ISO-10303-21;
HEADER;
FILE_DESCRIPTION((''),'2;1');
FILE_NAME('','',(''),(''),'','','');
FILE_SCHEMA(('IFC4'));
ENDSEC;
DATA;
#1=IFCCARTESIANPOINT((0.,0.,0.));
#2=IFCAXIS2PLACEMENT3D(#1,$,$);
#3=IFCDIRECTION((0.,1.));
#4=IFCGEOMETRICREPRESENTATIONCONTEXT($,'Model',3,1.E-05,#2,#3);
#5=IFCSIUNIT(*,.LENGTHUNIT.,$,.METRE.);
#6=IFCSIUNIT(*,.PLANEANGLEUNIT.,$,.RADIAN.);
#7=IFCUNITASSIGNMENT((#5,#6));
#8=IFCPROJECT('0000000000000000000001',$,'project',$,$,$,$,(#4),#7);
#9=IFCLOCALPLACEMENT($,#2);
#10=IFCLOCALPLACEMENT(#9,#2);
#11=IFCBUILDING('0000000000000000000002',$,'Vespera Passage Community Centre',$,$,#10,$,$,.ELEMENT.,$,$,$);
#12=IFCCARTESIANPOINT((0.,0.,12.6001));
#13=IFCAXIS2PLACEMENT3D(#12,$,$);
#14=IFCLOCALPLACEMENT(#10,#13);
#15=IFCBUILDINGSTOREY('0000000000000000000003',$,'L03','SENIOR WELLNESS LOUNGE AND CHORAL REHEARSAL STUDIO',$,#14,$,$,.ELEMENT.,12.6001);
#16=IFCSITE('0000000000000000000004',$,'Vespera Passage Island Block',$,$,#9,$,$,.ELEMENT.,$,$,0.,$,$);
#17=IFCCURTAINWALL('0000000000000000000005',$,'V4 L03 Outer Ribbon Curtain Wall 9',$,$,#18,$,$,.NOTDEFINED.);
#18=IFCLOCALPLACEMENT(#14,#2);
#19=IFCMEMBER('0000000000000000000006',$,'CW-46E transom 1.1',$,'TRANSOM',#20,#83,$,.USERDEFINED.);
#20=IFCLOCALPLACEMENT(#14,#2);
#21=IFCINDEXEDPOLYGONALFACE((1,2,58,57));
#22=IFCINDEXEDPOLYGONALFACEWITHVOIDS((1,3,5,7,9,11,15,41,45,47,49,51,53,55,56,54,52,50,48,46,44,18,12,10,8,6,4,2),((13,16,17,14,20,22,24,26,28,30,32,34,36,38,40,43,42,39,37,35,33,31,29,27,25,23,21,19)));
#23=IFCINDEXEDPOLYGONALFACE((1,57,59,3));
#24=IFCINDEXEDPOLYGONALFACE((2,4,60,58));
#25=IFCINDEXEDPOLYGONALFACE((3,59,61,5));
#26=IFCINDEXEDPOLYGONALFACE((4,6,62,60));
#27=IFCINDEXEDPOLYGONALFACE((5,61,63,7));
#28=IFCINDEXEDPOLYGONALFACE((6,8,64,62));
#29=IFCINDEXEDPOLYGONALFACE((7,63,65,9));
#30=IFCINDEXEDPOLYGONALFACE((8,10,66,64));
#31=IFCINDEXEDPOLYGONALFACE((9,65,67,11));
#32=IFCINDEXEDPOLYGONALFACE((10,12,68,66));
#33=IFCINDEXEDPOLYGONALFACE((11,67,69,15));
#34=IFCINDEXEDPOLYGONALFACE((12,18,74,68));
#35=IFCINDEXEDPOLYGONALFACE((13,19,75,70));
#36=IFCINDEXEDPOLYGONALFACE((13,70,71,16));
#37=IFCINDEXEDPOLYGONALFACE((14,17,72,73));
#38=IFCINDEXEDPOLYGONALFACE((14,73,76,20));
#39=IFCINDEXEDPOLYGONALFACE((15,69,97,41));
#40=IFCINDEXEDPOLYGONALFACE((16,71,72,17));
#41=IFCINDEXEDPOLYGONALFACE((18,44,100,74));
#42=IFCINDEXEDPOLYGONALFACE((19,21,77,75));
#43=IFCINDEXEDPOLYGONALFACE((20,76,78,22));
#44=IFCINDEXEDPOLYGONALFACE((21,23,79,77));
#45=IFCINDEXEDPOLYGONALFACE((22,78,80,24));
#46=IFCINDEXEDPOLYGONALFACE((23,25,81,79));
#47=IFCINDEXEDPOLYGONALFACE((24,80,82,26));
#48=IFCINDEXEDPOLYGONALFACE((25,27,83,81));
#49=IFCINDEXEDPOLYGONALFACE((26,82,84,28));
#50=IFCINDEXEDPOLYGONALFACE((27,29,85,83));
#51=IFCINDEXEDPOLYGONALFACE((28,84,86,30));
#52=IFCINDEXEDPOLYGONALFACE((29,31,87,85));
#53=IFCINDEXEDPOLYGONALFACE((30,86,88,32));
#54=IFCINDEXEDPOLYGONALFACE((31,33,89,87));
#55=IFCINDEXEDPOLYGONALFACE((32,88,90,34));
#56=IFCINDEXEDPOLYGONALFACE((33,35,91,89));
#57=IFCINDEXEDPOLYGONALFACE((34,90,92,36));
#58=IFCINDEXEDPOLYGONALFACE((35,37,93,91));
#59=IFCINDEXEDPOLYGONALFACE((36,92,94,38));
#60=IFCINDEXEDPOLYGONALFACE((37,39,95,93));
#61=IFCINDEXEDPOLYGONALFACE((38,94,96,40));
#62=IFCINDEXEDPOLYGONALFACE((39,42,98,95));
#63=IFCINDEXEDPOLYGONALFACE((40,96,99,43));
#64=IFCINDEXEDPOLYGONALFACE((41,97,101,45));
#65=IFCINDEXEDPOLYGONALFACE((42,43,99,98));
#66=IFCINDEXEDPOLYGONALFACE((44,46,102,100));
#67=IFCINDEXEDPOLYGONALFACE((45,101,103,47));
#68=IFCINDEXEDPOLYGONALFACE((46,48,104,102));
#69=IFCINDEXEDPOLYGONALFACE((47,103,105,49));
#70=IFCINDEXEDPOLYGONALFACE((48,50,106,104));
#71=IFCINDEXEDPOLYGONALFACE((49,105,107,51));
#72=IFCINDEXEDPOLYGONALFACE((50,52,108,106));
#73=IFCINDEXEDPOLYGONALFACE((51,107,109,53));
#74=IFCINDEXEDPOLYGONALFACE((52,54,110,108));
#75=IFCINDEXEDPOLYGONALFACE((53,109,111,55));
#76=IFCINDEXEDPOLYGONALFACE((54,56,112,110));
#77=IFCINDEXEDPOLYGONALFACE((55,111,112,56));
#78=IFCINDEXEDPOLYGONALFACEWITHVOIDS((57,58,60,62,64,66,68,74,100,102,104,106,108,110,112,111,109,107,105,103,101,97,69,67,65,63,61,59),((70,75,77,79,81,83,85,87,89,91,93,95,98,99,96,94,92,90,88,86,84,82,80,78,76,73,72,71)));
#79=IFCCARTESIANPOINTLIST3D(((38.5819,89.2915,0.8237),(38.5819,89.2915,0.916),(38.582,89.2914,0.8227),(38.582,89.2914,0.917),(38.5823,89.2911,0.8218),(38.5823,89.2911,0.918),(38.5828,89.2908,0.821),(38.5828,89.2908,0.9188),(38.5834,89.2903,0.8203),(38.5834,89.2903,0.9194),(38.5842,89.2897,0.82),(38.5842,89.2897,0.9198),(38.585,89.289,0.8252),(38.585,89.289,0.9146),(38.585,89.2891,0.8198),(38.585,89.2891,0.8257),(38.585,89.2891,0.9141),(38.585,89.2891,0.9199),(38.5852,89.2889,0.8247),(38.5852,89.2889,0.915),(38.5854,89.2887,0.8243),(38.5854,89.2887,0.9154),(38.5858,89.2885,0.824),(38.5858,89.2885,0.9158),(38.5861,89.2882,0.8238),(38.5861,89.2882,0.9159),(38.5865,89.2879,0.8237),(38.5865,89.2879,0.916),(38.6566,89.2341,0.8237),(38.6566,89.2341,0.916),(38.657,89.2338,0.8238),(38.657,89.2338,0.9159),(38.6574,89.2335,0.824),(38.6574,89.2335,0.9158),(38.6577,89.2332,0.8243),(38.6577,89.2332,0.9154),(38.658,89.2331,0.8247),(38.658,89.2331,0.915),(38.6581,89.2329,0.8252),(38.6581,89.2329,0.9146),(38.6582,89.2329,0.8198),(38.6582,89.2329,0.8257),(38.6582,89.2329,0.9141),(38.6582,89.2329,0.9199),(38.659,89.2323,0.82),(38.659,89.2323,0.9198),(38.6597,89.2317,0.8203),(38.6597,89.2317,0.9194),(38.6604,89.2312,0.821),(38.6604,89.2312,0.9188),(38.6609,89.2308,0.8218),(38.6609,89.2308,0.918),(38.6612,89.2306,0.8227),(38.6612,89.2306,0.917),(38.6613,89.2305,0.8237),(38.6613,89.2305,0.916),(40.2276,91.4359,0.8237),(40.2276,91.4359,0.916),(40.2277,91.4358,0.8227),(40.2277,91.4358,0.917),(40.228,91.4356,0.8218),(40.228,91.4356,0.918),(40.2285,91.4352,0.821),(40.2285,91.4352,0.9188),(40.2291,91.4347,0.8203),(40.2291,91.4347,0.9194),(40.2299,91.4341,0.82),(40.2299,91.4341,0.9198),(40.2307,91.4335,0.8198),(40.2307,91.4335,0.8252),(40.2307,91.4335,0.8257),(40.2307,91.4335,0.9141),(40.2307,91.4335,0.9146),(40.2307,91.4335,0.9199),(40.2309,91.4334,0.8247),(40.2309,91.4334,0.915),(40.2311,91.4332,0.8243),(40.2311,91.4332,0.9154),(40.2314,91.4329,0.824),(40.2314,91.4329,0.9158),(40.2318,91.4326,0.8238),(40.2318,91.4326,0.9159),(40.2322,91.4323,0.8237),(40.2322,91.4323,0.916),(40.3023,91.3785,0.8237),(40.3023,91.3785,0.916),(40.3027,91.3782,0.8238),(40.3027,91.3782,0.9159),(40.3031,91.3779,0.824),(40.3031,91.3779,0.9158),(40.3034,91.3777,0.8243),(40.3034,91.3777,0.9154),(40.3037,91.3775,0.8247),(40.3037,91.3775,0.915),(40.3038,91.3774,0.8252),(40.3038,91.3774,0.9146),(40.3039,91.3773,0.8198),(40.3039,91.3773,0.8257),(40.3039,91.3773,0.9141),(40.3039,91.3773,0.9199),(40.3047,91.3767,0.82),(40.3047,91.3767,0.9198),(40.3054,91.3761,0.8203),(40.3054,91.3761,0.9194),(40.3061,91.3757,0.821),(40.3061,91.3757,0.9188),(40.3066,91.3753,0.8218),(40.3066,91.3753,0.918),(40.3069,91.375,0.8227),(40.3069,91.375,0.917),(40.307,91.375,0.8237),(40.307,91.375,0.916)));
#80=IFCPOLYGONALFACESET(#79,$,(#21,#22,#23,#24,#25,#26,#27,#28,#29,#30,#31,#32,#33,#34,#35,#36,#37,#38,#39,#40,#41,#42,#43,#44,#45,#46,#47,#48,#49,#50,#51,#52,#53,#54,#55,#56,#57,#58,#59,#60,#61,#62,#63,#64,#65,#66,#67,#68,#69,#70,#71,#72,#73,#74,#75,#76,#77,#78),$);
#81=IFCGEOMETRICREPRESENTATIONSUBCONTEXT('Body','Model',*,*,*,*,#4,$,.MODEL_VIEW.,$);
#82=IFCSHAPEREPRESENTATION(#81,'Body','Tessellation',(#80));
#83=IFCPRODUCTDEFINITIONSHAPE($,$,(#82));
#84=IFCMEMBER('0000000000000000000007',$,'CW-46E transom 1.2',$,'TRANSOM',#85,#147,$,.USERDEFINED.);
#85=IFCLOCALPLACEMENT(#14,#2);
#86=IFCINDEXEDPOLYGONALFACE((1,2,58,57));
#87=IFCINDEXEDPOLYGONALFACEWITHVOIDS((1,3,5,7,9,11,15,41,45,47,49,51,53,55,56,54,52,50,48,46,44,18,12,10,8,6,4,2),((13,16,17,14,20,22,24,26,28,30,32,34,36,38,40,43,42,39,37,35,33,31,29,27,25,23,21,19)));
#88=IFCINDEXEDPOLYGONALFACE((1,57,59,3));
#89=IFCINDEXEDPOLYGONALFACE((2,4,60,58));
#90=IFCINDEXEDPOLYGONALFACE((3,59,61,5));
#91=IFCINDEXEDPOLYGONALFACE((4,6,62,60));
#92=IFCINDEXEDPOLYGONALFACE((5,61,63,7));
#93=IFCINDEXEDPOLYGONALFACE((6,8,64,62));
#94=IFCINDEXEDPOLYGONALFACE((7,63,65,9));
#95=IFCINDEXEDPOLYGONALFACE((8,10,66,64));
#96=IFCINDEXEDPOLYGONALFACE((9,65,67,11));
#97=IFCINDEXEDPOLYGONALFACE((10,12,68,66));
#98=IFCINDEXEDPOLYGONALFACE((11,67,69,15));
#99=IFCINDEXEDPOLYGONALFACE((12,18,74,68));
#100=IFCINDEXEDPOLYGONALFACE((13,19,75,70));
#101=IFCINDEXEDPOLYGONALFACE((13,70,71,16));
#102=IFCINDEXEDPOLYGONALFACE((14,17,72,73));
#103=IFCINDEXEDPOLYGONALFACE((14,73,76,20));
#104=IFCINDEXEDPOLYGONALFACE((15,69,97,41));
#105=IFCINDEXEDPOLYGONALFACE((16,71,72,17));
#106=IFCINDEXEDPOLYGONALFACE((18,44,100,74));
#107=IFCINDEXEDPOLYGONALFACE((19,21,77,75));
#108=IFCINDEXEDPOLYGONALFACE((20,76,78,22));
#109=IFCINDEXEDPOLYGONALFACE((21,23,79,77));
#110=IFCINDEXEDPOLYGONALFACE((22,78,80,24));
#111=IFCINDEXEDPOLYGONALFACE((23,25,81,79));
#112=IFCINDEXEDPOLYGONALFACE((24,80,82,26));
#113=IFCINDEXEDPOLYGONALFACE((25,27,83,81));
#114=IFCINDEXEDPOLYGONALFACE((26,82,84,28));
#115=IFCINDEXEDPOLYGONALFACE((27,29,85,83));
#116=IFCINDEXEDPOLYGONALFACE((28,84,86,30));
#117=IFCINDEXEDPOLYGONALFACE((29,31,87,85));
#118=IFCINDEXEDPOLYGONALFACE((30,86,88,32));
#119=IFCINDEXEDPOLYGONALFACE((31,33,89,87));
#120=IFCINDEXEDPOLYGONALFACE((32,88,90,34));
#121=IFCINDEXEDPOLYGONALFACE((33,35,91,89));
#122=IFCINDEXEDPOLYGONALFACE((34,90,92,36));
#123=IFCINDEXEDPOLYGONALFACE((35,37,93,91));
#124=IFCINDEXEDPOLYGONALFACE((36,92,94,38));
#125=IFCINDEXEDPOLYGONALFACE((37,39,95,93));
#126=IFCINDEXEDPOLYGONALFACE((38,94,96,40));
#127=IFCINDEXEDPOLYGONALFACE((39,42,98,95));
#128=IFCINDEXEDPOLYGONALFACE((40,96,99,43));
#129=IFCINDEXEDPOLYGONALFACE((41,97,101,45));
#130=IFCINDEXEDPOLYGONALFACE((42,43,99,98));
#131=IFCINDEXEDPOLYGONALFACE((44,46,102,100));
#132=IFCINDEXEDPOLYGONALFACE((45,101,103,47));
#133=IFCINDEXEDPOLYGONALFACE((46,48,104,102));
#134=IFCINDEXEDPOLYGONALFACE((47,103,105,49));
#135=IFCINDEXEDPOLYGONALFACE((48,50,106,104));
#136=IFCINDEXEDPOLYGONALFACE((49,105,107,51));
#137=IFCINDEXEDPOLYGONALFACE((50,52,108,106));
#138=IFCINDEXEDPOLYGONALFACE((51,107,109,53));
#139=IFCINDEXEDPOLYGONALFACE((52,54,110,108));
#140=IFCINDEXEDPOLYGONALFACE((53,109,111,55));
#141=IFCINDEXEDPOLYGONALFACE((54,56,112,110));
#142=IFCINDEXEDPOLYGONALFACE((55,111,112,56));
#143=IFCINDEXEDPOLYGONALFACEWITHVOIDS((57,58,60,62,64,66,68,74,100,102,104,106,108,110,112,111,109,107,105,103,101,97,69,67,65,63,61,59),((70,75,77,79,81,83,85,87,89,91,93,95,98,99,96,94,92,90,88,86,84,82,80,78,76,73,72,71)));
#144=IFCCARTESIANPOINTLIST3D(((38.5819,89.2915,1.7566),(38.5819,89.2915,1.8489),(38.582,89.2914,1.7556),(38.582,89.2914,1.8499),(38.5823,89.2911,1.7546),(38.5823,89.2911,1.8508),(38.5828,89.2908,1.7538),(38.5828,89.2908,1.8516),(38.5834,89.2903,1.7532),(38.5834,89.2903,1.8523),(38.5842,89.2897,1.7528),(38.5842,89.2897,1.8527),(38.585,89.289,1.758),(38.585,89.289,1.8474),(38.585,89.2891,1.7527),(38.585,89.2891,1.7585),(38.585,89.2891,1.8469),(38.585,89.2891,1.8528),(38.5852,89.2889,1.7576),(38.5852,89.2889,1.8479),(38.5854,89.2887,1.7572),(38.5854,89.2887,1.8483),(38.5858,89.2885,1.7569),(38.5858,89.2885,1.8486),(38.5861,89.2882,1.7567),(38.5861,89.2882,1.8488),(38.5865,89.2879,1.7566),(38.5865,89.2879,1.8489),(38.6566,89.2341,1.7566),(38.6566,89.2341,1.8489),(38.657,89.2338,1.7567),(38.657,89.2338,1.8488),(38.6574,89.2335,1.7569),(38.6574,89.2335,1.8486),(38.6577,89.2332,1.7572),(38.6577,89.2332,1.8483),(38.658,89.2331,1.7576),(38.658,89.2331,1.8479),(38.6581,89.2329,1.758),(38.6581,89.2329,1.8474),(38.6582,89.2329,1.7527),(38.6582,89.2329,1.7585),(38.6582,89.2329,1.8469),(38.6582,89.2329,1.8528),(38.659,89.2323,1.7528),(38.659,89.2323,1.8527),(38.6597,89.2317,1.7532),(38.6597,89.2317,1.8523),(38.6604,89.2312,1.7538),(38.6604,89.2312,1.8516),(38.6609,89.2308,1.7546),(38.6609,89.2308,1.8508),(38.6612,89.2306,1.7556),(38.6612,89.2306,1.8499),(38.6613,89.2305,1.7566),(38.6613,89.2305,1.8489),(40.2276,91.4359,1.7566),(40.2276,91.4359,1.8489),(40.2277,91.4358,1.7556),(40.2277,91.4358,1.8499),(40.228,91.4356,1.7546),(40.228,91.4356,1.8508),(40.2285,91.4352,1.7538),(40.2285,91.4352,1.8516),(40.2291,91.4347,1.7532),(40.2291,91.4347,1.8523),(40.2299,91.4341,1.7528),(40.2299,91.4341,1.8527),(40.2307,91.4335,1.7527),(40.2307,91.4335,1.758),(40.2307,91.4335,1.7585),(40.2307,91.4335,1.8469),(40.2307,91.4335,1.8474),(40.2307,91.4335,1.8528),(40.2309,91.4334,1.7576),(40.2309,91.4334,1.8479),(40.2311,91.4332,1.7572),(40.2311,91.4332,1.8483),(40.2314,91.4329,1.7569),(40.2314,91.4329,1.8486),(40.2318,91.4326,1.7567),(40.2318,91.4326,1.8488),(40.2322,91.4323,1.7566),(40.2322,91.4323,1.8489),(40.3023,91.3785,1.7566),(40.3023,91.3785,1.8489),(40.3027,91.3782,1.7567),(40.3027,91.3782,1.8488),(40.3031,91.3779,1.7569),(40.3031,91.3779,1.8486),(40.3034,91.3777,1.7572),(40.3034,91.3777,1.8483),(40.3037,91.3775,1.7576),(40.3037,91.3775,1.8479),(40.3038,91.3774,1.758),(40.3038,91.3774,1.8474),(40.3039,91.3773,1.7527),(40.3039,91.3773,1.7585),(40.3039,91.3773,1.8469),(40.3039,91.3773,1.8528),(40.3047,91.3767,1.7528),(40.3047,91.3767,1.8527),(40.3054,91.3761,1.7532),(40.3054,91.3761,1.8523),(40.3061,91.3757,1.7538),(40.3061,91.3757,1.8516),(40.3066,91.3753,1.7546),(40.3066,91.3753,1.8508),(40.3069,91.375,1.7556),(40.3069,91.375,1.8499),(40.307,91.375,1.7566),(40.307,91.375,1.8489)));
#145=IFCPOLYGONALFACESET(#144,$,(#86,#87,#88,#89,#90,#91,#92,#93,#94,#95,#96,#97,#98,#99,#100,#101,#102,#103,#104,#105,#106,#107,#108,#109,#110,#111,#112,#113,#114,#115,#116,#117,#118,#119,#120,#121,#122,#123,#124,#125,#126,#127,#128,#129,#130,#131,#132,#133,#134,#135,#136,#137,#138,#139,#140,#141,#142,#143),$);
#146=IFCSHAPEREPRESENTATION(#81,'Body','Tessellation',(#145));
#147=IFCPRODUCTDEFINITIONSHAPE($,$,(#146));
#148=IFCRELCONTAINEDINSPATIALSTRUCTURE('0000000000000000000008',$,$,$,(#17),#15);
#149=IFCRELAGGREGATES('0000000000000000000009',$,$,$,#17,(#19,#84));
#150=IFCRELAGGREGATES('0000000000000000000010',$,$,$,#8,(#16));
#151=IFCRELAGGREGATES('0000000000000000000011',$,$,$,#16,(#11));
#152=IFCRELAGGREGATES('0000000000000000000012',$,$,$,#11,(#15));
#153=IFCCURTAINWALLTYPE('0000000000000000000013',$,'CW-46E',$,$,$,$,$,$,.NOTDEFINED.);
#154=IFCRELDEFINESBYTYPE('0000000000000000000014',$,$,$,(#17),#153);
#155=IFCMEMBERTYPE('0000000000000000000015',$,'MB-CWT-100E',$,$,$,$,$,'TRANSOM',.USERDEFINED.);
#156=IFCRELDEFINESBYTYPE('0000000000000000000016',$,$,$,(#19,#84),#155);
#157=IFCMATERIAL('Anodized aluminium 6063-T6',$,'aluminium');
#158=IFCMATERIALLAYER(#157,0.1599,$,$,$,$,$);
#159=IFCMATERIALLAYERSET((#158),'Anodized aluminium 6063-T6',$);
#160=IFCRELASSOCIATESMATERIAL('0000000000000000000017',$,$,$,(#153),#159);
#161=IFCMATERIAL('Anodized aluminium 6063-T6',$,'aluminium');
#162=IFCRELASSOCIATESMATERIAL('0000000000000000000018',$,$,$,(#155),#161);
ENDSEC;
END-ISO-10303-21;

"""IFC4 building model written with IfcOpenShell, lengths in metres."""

from ifc_helpers import new_model, si_unit, direction, frame, origin, origin_2d, place, context, subcontext, project, spatial, hollow_rectangle, extrude, material, layer, layer_set, material_profile, profile_set, type_object, element, aggregate, save


model = new_model("IFC4")

# Units and contexts
model_context = context("Model", 3, precision=1e-05, world=origin(), true_north=direction((0.0, 1.0)))
body_context = subcontext(model_context, "Body", "Model", "MODEL_VIEW")
ifc_project = project(units=[si_unit("LENGTHUNIT", "METRE"), si_unit("PLANEANGLEUNIT", "RADIAN")], contexts=[model_context])

# Site, building, storey
site_placement = place(None, origin())
site = spatial("IfcSite", under=ifc_project, at=site_placement, Name="Vespera Passage Island Block", CompositionType="ELEMENT", RefElevation=0.0)
building_placement = place(site_placement, origin())
building = spatial("IfcBuilding", under=site, at=building_placement, Name="Vespera Passage Community Centre", CompositionType="ELEMENT")
storey_placement = place(building_placement, frame((0.0, 0.0, 12.6001)))
storey = spatial("IfcBuildingStorey", under=building, at=storey_placement, Name="L03", Description="SENIOR WELLNESS LOUNGE AND CHORAL REHEARSAL STUDIO", CompositionType="ELEMENT", Elevation=12.6001)

# Curtain wall, members
ifc_material_1 = material(Name="Anodized aluminium 6063-T6", Category="aluminium")
ifc_layer_1 = layer(ifc_material_1, 0.1599)
ifc_layer_set_1 = layer_set([ifc_layer_1], Name="Anodized aluminium 6063-T6")
curtain_wall_type = type_object("IfcCurtainWallType", Name="CW-46E", PredefinedType="NOTDEFINED", material=ifc_layer_set_1)
curtain_wall_placement = place(storey_placement, origin())
curtain_wall = element("IfcCurtainWall", 1, at=curtain_wall_placement, inside=storey, type_object=curtain_wall_type, Name="V4 L03 Outer Ribbon Curtain Wall 9", PredefinedType="NOTDEFINED")
ifc_material_2 = material(Name="Anodized aluminium 6063-T6", Category="aluminium")
ifc_material_profile_1 = material_profile(ifc_material_2, hollow_rectangle(XDim=0.1001, YDim=0.1001, WallThickness=0.0039, InnerFilletRadius=0.002, OuterFilletRadius=0.0039, at=origin_2d()), Name="ALU100X100X4")
ifc_profile_set_1 = profile_set([ifc_material_profile_1], Name="Anodized aluminium 6063-T6")
member_type_1 = type_object("IfcMemberType", Name="MB-CWT-100E", ElementType="TRANSOM", PredefinedType="USERDEFINED", material=ifc_profile_set_1)
member_1_placement = place(storey_placement, frame((38.6216, 89.261, 0.8699), z_axis=(0.608807, 0.793318, 0.0), x_axis=(-0.793318, 0.608807, 0.0)))
member_1 = element("IfcMember", 2, at=member_1_placement, type_object=member_type_1, Name="CW-46E transom 1.1", ObjectType="TRANSOM", PredefinedType="USERDEFINED", context=body_context, shape_type="SweptSolid", body=[
    extrude(hollow_rectangle(XDim=0.1001, YDim=0.1001, WallThickness=0.0039, InnerFilletRadius=0.002, OuterFilletRadius=0.0039, at=origin_2d()), origin(), (0.0, 0.0, 1.0), 2.7031),
])
member_2_placement = place(storey_placement, frame((38.6216, 89.261, 1.8027), z_axis=(0.608807, 0.793318, 0.0), x_axis=(-0.793318, 0.608807, 0.0)))
member_2 = element("IfcMember", 3, at=member_2_placement, type_object=member_type_1, Name="CW-46E transom 1.2", ObjectType="TRANSOM", PredefinedType="USERDEFINED", context=body_context, shape_type="SweptSolid", body=[
    extrude(hollow_rectangle(XDim=0.1001, YDim=0.1001, WallThickness=0.0039, InnerFilletRadius=0.002, OuterFilletRadius=0.0039, at=origin_2d()), origin(), (0.0, 0.0, 1.0), 2.7031),
])
aggregate(curtain_wall, [member_1, member_2])

save(model, "model.ifc")
